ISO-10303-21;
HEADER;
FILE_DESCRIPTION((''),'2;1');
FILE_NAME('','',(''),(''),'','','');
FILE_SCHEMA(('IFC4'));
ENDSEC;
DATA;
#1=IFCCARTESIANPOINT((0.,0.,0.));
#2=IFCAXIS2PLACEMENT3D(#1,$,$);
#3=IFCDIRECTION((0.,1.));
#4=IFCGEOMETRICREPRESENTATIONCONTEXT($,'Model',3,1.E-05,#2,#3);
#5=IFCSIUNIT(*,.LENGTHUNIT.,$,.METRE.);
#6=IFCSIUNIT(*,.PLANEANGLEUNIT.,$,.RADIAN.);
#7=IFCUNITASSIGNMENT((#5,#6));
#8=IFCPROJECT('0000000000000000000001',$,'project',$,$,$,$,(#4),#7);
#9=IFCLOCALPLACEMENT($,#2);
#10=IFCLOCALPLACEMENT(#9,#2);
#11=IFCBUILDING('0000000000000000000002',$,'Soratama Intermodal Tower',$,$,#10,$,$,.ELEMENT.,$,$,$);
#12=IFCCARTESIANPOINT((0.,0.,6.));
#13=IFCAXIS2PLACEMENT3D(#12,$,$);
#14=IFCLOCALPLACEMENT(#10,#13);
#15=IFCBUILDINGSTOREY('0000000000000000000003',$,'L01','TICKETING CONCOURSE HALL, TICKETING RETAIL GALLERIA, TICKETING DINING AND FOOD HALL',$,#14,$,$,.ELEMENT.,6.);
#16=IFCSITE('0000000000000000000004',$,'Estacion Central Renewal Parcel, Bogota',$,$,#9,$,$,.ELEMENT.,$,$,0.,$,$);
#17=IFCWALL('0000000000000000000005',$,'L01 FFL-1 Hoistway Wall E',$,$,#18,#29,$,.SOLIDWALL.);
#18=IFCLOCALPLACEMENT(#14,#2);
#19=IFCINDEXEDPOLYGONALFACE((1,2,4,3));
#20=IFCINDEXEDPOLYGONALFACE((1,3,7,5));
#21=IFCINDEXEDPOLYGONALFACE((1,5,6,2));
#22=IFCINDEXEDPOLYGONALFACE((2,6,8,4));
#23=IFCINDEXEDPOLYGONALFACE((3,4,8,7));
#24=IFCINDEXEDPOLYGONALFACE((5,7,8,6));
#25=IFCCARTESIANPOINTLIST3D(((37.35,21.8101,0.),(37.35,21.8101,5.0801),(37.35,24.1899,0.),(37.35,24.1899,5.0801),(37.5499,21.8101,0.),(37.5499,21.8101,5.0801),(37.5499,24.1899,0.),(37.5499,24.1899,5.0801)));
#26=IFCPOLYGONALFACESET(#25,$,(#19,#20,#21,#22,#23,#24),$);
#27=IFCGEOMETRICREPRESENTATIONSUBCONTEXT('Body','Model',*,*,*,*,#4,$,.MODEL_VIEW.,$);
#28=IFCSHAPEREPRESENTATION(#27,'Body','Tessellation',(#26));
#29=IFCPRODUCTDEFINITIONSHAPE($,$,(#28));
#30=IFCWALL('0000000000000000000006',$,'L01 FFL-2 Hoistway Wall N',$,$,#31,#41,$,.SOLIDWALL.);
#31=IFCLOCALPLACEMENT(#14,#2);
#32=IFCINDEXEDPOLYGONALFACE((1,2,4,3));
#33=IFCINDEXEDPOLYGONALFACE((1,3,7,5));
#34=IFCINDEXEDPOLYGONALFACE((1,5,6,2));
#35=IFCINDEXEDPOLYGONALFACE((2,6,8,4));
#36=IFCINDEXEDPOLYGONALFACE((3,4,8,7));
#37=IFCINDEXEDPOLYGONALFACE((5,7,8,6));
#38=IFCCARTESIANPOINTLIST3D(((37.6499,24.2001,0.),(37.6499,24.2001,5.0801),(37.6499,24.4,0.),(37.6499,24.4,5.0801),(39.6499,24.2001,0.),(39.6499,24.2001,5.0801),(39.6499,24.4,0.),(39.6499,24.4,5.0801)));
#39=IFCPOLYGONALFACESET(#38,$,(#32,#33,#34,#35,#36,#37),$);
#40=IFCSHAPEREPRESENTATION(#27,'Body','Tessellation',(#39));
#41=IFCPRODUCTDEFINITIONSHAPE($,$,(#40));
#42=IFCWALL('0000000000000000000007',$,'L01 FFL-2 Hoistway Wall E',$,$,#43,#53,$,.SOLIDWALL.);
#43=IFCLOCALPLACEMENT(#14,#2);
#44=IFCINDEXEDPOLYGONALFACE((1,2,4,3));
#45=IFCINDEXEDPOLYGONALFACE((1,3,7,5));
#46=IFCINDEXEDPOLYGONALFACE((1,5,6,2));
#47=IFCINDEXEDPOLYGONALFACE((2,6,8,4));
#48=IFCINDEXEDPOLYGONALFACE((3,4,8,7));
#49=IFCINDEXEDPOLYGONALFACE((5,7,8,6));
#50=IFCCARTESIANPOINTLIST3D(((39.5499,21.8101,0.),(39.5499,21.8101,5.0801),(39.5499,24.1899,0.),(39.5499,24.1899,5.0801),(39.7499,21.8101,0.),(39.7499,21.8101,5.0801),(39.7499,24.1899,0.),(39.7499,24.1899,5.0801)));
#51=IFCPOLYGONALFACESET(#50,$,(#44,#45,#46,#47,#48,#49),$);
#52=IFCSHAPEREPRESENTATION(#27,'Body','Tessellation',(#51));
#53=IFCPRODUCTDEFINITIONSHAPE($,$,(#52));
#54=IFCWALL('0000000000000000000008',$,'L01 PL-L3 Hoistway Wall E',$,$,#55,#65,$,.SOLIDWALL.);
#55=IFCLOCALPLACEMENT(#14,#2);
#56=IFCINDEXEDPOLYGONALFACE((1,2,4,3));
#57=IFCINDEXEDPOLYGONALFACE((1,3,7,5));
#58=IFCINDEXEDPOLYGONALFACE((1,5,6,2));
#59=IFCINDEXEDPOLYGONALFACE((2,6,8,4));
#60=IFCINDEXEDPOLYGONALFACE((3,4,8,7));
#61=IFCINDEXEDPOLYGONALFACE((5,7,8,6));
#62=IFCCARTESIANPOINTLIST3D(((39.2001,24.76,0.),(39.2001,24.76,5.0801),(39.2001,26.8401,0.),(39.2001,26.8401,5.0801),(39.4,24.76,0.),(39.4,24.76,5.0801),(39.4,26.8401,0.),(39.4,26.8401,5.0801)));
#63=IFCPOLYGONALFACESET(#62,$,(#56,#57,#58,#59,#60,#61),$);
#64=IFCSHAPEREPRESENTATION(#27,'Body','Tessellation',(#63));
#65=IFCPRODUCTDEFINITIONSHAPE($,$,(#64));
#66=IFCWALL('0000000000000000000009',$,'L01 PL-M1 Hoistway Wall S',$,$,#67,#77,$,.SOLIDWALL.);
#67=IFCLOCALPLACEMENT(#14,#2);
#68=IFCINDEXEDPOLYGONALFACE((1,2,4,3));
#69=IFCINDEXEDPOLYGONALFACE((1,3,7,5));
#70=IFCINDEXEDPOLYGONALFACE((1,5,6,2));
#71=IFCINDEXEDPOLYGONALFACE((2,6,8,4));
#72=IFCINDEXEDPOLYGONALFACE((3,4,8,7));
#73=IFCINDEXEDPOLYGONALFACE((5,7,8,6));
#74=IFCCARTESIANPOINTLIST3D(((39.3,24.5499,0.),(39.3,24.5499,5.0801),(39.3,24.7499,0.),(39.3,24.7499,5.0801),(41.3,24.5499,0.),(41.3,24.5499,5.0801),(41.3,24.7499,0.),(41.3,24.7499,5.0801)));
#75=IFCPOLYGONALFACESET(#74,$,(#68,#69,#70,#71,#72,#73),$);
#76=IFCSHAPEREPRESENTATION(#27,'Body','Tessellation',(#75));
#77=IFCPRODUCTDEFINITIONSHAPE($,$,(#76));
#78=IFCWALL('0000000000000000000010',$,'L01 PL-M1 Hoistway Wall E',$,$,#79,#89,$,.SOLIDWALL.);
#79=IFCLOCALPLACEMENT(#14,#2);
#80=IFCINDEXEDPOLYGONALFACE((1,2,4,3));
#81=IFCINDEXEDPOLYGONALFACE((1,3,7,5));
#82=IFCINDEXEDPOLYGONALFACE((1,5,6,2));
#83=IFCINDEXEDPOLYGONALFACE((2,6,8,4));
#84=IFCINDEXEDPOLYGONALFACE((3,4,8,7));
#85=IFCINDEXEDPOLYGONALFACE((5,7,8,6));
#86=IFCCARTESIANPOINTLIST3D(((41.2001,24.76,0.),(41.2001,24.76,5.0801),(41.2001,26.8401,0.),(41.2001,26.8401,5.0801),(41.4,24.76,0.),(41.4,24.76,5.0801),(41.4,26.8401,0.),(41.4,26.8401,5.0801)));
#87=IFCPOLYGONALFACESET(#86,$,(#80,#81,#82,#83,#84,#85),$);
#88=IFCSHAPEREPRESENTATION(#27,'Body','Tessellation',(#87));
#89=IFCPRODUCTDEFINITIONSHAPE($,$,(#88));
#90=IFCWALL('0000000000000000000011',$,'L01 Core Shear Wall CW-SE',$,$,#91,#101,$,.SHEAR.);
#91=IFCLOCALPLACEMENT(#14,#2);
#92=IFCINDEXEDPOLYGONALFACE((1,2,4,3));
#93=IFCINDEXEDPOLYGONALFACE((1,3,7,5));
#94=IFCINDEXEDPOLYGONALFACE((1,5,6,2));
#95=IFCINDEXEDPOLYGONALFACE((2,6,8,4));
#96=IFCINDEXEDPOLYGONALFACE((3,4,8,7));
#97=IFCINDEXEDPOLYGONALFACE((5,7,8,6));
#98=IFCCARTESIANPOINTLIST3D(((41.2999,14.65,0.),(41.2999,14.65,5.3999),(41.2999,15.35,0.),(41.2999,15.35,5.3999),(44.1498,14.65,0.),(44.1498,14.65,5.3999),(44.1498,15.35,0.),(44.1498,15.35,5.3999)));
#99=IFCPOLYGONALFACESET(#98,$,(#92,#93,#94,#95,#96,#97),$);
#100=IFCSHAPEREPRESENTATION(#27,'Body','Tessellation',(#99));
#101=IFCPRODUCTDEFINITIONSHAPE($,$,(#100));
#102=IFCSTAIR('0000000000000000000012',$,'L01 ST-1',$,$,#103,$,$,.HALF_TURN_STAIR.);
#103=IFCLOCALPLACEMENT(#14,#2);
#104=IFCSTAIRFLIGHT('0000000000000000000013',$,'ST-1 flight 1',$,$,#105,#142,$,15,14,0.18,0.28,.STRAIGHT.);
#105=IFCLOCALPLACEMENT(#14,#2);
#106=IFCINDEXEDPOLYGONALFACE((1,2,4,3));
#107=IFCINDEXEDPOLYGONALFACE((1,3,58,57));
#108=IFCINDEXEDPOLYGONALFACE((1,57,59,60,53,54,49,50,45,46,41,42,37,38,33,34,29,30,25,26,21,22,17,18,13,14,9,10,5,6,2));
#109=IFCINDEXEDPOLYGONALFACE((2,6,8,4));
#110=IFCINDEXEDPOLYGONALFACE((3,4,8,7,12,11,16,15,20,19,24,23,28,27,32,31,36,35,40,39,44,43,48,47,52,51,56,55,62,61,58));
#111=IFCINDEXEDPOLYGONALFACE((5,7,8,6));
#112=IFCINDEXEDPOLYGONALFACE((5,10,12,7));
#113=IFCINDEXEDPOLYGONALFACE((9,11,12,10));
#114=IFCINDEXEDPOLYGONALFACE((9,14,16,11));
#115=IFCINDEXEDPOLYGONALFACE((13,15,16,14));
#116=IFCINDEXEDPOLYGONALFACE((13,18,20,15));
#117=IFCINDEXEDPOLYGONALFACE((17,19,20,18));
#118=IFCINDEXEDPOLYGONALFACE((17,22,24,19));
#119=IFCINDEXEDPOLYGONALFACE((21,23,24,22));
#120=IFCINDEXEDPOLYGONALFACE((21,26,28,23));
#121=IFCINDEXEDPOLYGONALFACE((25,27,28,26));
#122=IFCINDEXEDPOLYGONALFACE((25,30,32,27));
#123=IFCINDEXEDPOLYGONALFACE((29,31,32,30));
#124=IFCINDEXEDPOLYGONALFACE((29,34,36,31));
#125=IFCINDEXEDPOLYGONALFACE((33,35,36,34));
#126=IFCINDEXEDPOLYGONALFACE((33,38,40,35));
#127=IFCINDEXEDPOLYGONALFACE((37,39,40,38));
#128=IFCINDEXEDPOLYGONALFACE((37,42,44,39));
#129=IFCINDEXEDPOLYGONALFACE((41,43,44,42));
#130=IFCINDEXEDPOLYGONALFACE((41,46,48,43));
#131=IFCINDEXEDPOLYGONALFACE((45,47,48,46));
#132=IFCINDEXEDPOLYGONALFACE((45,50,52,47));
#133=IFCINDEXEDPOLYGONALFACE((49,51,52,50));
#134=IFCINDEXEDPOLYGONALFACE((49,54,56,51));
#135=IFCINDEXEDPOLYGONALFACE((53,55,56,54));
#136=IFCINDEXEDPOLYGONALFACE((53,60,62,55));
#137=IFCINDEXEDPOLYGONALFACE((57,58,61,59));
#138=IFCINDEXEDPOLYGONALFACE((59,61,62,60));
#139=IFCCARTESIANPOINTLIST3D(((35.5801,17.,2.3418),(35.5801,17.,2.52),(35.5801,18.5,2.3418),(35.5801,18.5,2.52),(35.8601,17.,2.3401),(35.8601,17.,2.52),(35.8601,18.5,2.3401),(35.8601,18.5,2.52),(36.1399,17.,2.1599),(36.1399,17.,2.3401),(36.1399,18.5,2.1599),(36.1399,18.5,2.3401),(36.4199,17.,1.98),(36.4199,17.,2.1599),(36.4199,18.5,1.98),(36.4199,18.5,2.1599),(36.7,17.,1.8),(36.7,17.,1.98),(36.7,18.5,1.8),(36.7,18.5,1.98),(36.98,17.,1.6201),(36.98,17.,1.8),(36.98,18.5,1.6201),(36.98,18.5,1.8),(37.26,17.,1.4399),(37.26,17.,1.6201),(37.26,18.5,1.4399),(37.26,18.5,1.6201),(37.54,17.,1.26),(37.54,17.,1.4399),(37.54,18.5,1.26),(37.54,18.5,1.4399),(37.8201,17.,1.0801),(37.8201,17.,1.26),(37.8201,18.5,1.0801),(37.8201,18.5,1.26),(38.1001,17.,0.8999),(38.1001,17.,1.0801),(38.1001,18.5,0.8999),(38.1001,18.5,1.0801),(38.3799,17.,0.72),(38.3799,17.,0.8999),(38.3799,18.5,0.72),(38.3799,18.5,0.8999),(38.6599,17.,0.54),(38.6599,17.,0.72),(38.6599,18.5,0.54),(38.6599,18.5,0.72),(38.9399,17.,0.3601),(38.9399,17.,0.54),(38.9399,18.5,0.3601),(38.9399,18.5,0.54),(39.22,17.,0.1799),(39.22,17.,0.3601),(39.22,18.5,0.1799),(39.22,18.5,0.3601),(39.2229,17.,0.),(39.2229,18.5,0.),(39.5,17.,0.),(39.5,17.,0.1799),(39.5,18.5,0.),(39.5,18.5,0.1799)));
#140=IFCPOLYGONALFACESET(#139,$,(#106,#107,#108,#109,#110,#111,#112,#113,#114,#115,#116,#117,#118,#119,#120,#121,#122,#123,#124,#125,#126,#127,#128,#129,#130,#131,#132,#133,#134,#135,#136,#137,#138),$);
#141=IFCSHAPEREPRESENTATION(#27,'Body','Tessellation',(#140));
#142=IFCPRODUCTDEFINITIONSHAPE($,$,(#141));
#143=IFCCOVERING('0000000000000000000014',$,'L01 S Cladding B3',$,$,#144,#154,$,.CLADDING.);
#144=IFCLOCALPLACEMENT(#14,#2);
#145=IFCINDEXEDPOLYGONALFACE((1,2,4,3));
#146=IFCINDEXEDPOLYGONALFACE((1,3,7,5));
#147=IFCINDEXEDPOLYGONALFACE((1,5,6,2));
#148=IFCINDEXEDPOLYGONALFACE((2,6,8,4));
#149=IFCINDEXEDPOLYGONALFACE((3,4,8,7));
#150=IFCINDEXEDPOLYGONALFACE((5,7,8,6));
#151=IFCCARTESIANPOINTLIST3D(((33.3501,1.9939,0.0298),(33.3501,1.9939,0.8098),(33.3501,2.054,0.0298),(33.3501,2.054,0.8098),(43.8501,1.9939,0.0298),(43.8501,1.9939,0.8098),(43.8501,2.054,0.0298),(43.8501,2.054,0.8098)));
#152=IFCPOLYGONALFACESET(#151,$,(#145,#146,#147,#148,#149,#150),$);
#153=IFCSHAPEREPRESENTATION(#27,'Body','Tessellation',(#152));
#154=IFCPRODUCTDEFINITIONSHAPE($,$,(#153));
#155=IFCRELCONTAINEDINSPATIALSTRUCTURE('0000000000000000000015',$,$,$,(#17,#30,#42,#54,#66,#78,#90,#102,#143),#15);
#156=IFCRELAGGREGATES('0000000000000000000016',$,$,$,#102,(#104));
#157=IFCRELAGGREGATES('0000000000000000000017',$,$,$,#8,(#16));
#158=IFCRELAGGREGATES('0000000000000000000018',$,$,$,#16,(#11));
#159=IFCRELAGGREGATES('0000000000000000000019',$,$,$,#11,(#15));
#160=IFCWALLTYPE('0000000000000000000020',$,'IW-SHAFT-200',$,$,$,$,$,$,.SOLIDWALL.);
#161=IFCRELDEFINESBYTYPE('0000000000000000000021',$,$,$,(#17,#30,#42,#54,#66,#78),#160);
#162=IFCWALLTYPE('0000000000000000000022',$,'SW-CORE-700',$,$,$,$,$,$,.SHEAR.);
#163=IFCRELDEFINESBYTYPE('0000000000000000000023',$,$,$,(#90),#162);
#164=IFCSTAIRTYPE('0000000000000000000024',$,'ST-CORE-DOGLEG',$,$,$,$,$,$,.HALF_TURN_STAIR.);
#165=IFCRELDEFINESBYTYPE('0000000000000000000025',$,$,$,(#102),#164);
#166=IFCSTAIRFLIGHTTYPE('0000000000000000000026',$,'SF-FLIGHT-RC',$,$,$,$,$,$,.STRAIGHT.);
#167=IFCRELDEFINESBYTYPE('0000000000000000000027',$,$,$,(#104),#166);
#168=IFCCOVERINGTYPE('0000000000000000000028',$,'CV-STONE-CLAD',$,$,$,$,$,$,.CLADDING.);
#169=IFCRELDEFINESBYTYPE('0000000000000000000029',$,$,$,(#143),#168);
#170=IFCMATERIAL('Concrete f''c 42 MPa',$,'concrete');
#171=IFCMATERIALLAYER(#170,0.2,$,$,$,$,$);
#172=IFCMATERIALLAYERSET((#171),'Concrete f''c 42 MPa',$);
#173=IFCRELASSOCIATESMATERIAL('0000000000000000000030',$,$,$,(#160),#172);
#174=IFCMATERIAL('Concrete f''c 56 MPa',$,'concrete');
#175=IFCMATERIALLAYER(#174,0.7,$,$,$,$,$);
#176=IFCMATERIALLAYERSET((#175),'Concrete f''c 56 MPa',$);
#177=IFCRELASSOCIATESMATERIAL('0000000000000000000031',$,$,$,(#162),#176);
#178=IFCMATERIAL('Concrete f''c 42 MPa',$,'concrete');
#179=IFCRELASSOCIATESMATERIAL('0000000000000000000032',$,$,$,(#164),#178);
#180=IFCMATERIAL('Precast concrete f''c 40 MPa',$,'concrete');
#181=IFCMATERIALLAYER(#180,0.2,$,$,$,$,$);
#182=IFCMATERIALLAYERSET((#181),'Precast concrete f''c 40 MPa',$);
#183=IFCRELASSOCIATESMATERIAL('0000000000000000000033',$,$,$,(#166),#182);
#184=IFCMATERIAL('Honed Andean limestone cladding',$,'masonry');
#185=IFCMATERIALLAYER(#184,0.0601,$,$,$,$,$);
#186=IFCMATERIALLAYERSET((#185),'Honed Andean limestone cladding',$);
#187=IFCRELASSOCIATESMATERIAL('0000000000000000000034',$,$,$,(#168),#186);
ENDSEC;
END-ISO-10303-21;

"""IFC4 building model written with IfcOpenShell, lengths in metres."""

from ifc_helpers import new_model, si_unit, direction, frame, frame_2d, origin, origin_2d, place, context, subcontext, project, spatial, polyline, rectangle, outline, extrude, material, layer, layer_set, type_object, element, aggregate, save


model = new_model("IFC4")

# Units and contexts
model_context = context("Model", 3, precision=1e-05, world=origin(), true_north=direction((0.0, 1.0)))
body_context = subcontext(model_context, "Body", "Model", "MODEL_VIEW")
ifc_project = project(units=[si_unit("LENGTHUNIT", "METRE"), si_unit("PLANEANGLEUNIT", "RADIAN")], contexts=[model_context])

# Site, building, storey
site_placement = place(None, origin())
site = spatial("IfcSite", under=ifc_project, at=site_placement, Name="Estacion Central Renewal Parcel, Bogota", CompositionType="ELEMENT", RefElevation=0.0)
building_placement = place(site_placement, origin())
building = spatial("IfcBuilding", under=site, at=building_placement, Name="Soratama Intermodal Tower", CompositionType="ELEMENT")
storey_placement = place(building_placement, frame((0.0, 0.0, 6.0)))
storey = spatial("IfcBuildingStorey", under=building, at=storey_placement, Name="L01", Description="TICKETING CONCOURSE HALL, TICKETING RETAIL GALLERIA, TICKETING DINING AND FOOD HALL", CompositionType="ELEMENT", Elevation=6.0)

# Wall
ifc_material_1 = material(Name="Concrete f'c 42 MPa", Category="concrete")
ifc_layer_1 = layer(ifc_material_1, 0.2)
ifc_layer_set_1 = layer_set([ifc_layer_1], Name="Concrete f'c 42 MPa")
wall_type_1 = type_object("IfcWallType", Name="IW-SHAFT-200", PredefinedType="SOLIDWALL", material=ifc_layer_set_1)
wall_1_placement = place(storey_placement, frame((37.45, 21.8101, 0.0), z_axis=(0.0, 0.0, 1.0), x_axis=(0.0, 1.0, 0.0)))
element("IfcWall", 1, at=wall_1_placement, inside=storey, type_object=wall_type_1, Name="L01 FFL-1 Hoistway Wall E", PredefinedType="SOLIDWALL", context=body_context, shape_type="SweptSolid", body=[
    extrude(rectangle(XDim=2.3799, YDim=0.2, at=frame_2d((1.1899, 0.0))), origin(), (0.0, 0.0, 1.0), 5.0801),
])

# Walls
wall_2_placement = place(storey_placement, frame((37.6499, 24.3, 0.0), z_axis=(0.0, 0.0, 1.0), x_axis=(1.0, 0.0, 0.0)))
element("IfcWall", 2, at=wall_2_placement, inside=storey, type_object=wall_type_1, Name="L01 FFL-2 Hoistway Wall N", PredefinedType="SOLIDWALL", context=body_context, shape_type="SweptSolid", body=[
    extrude(rectangle(XDim=2.0, YDim=0.2, at=frame_2d((1.0, 0.0))), origin(), (0.0, 0.0, 1.0), 5.0801),
])
wall_3_placement = place(storey_placement, frame((39.6499, 21.8101, 0.0), z_axis=(0.0, 0.0, 1.0), x_axis=(0.0, 1.0, 0.0)))
element("IfcWall", 3, at=wall_3_placement, inside=storey, type_object=wall_type_1, Name="L01 FFL-2 Hoistway Wall E", PredefinedType="SOLIDWALL", context=body_context, shape_type="SweptSolid", body=[
    extrude(rectangle(XDim=2.3799, YDim=0.2, at=frame_2d((1.1899, 0.0))), origin(), (0.0, 0.0, 1.0), 5.0801),
])
wall_4_placement = place(storey_placement, frame((39.3, 24.76, 0.0), z_axis=(0.0, 0.0, 1.0), x_axis=(0.0, 1.0, 0.0)))
element("IfcWall", 4, at=wall_4_placement, inside=storey, type_object=wall_type_1, Name="L01 PL-L3 Hoistway Wall E", PredefinedType="SOLIDWALL", context=body_context, shape_type="SweptSolid", body=[
    extrude(rectangle(XDim=2.0801, YDim=0.2, at=frame_2d((1.04, 0.0))), origin(), (0.0, 0.0, 1.0), 5.0801),
])
wall_5_placement = place(storey_placement, frame((39.3, 24.6499, 0.0), z_axis=(0.0, 0.0, 1.0), x_axis=(1.0, 0.0, 0.0)))
element("IfcWall", 5, at=wall_5_placement, inside=storey, type_object=wall_type_1, Name="L01 PL-M1 Hoistway Wall S", PredefinedType="SOLIDWALL", context=body_context, shape_type="SweptSolid", body=[
    extrude(rectangle(XDim=2.0, YDim=0.2, at=frame_2d((1.0, 0.0))), origin(), (0.0, 0.0, 1.0), 5.0801),
])
wall_6_placement = place(storey_placement, frame((41.3, 24.76, 0.0), z_axis=(0.0, 0.0, 1.0), x_axis=(0.0, 1.0, 0.0)))
element("IfcWall", 6, at=wall_6_placement, inside=storey, type_object=wall_type_1, Name="L01 PL-M1 Hoistway Wall E", PredefinedType="SOLIDWALL", context=body_context, shape_type="SweptSolid", body=[
    extrude(rectangle(XDim=2.0801, YDim=0.2, at=frame_2d((1.04, 0.0))), origin(), (0.0, 0.0, 1.0), 5.0801),
])
ifc_material_2 = material(Name="Concrete f'c 56 MPa", Category="concrete")
ifc_layer_2 = layer(ifc_material_2, 0.7)
ifc_layer_set_2 = layer_set([ifc_layer_2], Name="Concrete f'c 56 MPa")
wall_type_2 = type_object("IfcWallType", Name="SW-CORE-700", PredefinedType="SHEAR", material=ifc_layer_set_2)
wall_7_placement = place(storey_placement, frame((41.3, 15.0, 0.0), z_axis=(0.0, 0.0, 1.0), x_axis=(1.0, 0.0, 0.0)))
element("IfcWall", 7, at=wall_7_placement, inside=storey, type_object=wall_type_2, Name="L01 Core Shear Wall CW-SE", PredefinedType="SHEAR", context=body_context, shape_type="SweptSolid", body=[
    extrude(rectangle(XDim=2.8499, YDim=0.7, at=frame_2d((1.4248, 0.0))), origin(), (0.0, 0.0, 1.0), 5.3999),
])

# Stair, stair flight
ifc_material_3 = material(Name="Concrete f'c 42 MPa", Category="concrete")
stair_type = type_object("IfcStairType", Name="ST-CORE-DOGLEG", PredefinedType="HALF_TURN_STAIR", material=ifc_material_3)
stair_placement = place(storey_placement, origin())
stair = element("IfcStair", 8, at=stair_placement, inside=storey, type_object=stair_type, Name="L01 ST-1", PredefinedType="HALF_TURN_STAIR")
ifc_material_4 = material(Name="Precast concrete f'c 40 MPa", Category="concrete")
ifc_layer_3 = layer(ifc_material_4, 0.2)
ifc_layer_set_3 = layer_set([ifc_layer_3], Name="Precast concrete f'c 40 MPa")
stair_flight_type = type_object("IfcStairFlightType", Name="SF-FLIGHT-RC", PredefinedType="STRAIGHT", material=ifc_layer_set_3)
stair_flight_placement = place(storey_placement, frame((39.5, 17.75, 0.0), z_axis=(0.0, 0.0, 1.0), x_axis=(-1.0, 0.0, 0.0)))
stair_flight = element("IfcStairFlight", 9, at=stair_flight_placement, type_object=stair_flight_type, Name="ST-1 flight 1", NumberOfRisers=15, NumberOfTreads=14, PredefinedType="STRAIGHT", RiserHeight=0.18, TreadLength=0.28, context=body_context, shape_type="SweptSolid", body=[
    extrude(outline(polyline([(0.0, 0.0), (0.0, 0.1799), (0.28, 0.1799), (0.28, 0.3601), (0.5601, 0.3601), (0.5601, 0.54), (0.8401, 0.54), (0.8401, 0.72), (1.1201, 0.72), (1.1201, 0.8999), (1.3999, 0.8999), (1.3999, 1.0801), (1.6799, 1.0801), (1.6799, 1.26), (1.96, 1.26), (1.96, 1.4399), (2.24, 1.4399), (2.24, 1.6201), (2.52, 1.6201), (2.52, 1.8), (2.8, 1.8), (2.8, 1.98), (3.0801, 1.98), (3.0801, 2.1599), (3.3601, 2.1599), (3.3601, 2.3401), (3.6399, 2.3401), (3.6399, 2.52), (3.9199, 2.52), (3.9199, 2.7), (3.9199, 2.3418), (0.2771, 0.0), (0.0, 0.0)])), frame((0.0, 0.75, 0.0), z_axis=(0.0, -1.0, 0.0), x_axis=(1.0, 0.0, 0.0)), (0.0, 0.0, 1.0), 1.5),
])
aggregate(stair, [stair_flight])

# Covering
ifc_material_5 = material(Name="Honed Andean limestone cladding", Category="masonry")
ifc_layer_4 = layer(ifc_material_5, 0.0601)
ifc_layer_set_4 = layer_set([ifc_layer_4], Name="Honed Andean limestone cladding")
covering_type = type_object("IfcCoveringType", Name="CV-STONE-CLAD", PredefinedType="CLADDING", material=ifc_layer_set_4)
covering_placement = place(storey_placement, frame((38.6001, 2.0239, 0.0298), z_axis=(0.0, 0.0, 1.0), x_axis=(1.0, 0.0, 0.0)))
element("IfcCovering", 10, at=covering_placement, inside=storey, type_object=covering_type, Name="L01 S Cladding B3", PredefinedType="CLADDING", context=body_context, shape_type="SweptSolid", body=[
    extrude(rectangle(XDim=10.5, YDim=0.0601, at=origin_2d()), origin(), (0.0, 0.0, 1.0), 0.78),
])

save(model, "model.ifc")
